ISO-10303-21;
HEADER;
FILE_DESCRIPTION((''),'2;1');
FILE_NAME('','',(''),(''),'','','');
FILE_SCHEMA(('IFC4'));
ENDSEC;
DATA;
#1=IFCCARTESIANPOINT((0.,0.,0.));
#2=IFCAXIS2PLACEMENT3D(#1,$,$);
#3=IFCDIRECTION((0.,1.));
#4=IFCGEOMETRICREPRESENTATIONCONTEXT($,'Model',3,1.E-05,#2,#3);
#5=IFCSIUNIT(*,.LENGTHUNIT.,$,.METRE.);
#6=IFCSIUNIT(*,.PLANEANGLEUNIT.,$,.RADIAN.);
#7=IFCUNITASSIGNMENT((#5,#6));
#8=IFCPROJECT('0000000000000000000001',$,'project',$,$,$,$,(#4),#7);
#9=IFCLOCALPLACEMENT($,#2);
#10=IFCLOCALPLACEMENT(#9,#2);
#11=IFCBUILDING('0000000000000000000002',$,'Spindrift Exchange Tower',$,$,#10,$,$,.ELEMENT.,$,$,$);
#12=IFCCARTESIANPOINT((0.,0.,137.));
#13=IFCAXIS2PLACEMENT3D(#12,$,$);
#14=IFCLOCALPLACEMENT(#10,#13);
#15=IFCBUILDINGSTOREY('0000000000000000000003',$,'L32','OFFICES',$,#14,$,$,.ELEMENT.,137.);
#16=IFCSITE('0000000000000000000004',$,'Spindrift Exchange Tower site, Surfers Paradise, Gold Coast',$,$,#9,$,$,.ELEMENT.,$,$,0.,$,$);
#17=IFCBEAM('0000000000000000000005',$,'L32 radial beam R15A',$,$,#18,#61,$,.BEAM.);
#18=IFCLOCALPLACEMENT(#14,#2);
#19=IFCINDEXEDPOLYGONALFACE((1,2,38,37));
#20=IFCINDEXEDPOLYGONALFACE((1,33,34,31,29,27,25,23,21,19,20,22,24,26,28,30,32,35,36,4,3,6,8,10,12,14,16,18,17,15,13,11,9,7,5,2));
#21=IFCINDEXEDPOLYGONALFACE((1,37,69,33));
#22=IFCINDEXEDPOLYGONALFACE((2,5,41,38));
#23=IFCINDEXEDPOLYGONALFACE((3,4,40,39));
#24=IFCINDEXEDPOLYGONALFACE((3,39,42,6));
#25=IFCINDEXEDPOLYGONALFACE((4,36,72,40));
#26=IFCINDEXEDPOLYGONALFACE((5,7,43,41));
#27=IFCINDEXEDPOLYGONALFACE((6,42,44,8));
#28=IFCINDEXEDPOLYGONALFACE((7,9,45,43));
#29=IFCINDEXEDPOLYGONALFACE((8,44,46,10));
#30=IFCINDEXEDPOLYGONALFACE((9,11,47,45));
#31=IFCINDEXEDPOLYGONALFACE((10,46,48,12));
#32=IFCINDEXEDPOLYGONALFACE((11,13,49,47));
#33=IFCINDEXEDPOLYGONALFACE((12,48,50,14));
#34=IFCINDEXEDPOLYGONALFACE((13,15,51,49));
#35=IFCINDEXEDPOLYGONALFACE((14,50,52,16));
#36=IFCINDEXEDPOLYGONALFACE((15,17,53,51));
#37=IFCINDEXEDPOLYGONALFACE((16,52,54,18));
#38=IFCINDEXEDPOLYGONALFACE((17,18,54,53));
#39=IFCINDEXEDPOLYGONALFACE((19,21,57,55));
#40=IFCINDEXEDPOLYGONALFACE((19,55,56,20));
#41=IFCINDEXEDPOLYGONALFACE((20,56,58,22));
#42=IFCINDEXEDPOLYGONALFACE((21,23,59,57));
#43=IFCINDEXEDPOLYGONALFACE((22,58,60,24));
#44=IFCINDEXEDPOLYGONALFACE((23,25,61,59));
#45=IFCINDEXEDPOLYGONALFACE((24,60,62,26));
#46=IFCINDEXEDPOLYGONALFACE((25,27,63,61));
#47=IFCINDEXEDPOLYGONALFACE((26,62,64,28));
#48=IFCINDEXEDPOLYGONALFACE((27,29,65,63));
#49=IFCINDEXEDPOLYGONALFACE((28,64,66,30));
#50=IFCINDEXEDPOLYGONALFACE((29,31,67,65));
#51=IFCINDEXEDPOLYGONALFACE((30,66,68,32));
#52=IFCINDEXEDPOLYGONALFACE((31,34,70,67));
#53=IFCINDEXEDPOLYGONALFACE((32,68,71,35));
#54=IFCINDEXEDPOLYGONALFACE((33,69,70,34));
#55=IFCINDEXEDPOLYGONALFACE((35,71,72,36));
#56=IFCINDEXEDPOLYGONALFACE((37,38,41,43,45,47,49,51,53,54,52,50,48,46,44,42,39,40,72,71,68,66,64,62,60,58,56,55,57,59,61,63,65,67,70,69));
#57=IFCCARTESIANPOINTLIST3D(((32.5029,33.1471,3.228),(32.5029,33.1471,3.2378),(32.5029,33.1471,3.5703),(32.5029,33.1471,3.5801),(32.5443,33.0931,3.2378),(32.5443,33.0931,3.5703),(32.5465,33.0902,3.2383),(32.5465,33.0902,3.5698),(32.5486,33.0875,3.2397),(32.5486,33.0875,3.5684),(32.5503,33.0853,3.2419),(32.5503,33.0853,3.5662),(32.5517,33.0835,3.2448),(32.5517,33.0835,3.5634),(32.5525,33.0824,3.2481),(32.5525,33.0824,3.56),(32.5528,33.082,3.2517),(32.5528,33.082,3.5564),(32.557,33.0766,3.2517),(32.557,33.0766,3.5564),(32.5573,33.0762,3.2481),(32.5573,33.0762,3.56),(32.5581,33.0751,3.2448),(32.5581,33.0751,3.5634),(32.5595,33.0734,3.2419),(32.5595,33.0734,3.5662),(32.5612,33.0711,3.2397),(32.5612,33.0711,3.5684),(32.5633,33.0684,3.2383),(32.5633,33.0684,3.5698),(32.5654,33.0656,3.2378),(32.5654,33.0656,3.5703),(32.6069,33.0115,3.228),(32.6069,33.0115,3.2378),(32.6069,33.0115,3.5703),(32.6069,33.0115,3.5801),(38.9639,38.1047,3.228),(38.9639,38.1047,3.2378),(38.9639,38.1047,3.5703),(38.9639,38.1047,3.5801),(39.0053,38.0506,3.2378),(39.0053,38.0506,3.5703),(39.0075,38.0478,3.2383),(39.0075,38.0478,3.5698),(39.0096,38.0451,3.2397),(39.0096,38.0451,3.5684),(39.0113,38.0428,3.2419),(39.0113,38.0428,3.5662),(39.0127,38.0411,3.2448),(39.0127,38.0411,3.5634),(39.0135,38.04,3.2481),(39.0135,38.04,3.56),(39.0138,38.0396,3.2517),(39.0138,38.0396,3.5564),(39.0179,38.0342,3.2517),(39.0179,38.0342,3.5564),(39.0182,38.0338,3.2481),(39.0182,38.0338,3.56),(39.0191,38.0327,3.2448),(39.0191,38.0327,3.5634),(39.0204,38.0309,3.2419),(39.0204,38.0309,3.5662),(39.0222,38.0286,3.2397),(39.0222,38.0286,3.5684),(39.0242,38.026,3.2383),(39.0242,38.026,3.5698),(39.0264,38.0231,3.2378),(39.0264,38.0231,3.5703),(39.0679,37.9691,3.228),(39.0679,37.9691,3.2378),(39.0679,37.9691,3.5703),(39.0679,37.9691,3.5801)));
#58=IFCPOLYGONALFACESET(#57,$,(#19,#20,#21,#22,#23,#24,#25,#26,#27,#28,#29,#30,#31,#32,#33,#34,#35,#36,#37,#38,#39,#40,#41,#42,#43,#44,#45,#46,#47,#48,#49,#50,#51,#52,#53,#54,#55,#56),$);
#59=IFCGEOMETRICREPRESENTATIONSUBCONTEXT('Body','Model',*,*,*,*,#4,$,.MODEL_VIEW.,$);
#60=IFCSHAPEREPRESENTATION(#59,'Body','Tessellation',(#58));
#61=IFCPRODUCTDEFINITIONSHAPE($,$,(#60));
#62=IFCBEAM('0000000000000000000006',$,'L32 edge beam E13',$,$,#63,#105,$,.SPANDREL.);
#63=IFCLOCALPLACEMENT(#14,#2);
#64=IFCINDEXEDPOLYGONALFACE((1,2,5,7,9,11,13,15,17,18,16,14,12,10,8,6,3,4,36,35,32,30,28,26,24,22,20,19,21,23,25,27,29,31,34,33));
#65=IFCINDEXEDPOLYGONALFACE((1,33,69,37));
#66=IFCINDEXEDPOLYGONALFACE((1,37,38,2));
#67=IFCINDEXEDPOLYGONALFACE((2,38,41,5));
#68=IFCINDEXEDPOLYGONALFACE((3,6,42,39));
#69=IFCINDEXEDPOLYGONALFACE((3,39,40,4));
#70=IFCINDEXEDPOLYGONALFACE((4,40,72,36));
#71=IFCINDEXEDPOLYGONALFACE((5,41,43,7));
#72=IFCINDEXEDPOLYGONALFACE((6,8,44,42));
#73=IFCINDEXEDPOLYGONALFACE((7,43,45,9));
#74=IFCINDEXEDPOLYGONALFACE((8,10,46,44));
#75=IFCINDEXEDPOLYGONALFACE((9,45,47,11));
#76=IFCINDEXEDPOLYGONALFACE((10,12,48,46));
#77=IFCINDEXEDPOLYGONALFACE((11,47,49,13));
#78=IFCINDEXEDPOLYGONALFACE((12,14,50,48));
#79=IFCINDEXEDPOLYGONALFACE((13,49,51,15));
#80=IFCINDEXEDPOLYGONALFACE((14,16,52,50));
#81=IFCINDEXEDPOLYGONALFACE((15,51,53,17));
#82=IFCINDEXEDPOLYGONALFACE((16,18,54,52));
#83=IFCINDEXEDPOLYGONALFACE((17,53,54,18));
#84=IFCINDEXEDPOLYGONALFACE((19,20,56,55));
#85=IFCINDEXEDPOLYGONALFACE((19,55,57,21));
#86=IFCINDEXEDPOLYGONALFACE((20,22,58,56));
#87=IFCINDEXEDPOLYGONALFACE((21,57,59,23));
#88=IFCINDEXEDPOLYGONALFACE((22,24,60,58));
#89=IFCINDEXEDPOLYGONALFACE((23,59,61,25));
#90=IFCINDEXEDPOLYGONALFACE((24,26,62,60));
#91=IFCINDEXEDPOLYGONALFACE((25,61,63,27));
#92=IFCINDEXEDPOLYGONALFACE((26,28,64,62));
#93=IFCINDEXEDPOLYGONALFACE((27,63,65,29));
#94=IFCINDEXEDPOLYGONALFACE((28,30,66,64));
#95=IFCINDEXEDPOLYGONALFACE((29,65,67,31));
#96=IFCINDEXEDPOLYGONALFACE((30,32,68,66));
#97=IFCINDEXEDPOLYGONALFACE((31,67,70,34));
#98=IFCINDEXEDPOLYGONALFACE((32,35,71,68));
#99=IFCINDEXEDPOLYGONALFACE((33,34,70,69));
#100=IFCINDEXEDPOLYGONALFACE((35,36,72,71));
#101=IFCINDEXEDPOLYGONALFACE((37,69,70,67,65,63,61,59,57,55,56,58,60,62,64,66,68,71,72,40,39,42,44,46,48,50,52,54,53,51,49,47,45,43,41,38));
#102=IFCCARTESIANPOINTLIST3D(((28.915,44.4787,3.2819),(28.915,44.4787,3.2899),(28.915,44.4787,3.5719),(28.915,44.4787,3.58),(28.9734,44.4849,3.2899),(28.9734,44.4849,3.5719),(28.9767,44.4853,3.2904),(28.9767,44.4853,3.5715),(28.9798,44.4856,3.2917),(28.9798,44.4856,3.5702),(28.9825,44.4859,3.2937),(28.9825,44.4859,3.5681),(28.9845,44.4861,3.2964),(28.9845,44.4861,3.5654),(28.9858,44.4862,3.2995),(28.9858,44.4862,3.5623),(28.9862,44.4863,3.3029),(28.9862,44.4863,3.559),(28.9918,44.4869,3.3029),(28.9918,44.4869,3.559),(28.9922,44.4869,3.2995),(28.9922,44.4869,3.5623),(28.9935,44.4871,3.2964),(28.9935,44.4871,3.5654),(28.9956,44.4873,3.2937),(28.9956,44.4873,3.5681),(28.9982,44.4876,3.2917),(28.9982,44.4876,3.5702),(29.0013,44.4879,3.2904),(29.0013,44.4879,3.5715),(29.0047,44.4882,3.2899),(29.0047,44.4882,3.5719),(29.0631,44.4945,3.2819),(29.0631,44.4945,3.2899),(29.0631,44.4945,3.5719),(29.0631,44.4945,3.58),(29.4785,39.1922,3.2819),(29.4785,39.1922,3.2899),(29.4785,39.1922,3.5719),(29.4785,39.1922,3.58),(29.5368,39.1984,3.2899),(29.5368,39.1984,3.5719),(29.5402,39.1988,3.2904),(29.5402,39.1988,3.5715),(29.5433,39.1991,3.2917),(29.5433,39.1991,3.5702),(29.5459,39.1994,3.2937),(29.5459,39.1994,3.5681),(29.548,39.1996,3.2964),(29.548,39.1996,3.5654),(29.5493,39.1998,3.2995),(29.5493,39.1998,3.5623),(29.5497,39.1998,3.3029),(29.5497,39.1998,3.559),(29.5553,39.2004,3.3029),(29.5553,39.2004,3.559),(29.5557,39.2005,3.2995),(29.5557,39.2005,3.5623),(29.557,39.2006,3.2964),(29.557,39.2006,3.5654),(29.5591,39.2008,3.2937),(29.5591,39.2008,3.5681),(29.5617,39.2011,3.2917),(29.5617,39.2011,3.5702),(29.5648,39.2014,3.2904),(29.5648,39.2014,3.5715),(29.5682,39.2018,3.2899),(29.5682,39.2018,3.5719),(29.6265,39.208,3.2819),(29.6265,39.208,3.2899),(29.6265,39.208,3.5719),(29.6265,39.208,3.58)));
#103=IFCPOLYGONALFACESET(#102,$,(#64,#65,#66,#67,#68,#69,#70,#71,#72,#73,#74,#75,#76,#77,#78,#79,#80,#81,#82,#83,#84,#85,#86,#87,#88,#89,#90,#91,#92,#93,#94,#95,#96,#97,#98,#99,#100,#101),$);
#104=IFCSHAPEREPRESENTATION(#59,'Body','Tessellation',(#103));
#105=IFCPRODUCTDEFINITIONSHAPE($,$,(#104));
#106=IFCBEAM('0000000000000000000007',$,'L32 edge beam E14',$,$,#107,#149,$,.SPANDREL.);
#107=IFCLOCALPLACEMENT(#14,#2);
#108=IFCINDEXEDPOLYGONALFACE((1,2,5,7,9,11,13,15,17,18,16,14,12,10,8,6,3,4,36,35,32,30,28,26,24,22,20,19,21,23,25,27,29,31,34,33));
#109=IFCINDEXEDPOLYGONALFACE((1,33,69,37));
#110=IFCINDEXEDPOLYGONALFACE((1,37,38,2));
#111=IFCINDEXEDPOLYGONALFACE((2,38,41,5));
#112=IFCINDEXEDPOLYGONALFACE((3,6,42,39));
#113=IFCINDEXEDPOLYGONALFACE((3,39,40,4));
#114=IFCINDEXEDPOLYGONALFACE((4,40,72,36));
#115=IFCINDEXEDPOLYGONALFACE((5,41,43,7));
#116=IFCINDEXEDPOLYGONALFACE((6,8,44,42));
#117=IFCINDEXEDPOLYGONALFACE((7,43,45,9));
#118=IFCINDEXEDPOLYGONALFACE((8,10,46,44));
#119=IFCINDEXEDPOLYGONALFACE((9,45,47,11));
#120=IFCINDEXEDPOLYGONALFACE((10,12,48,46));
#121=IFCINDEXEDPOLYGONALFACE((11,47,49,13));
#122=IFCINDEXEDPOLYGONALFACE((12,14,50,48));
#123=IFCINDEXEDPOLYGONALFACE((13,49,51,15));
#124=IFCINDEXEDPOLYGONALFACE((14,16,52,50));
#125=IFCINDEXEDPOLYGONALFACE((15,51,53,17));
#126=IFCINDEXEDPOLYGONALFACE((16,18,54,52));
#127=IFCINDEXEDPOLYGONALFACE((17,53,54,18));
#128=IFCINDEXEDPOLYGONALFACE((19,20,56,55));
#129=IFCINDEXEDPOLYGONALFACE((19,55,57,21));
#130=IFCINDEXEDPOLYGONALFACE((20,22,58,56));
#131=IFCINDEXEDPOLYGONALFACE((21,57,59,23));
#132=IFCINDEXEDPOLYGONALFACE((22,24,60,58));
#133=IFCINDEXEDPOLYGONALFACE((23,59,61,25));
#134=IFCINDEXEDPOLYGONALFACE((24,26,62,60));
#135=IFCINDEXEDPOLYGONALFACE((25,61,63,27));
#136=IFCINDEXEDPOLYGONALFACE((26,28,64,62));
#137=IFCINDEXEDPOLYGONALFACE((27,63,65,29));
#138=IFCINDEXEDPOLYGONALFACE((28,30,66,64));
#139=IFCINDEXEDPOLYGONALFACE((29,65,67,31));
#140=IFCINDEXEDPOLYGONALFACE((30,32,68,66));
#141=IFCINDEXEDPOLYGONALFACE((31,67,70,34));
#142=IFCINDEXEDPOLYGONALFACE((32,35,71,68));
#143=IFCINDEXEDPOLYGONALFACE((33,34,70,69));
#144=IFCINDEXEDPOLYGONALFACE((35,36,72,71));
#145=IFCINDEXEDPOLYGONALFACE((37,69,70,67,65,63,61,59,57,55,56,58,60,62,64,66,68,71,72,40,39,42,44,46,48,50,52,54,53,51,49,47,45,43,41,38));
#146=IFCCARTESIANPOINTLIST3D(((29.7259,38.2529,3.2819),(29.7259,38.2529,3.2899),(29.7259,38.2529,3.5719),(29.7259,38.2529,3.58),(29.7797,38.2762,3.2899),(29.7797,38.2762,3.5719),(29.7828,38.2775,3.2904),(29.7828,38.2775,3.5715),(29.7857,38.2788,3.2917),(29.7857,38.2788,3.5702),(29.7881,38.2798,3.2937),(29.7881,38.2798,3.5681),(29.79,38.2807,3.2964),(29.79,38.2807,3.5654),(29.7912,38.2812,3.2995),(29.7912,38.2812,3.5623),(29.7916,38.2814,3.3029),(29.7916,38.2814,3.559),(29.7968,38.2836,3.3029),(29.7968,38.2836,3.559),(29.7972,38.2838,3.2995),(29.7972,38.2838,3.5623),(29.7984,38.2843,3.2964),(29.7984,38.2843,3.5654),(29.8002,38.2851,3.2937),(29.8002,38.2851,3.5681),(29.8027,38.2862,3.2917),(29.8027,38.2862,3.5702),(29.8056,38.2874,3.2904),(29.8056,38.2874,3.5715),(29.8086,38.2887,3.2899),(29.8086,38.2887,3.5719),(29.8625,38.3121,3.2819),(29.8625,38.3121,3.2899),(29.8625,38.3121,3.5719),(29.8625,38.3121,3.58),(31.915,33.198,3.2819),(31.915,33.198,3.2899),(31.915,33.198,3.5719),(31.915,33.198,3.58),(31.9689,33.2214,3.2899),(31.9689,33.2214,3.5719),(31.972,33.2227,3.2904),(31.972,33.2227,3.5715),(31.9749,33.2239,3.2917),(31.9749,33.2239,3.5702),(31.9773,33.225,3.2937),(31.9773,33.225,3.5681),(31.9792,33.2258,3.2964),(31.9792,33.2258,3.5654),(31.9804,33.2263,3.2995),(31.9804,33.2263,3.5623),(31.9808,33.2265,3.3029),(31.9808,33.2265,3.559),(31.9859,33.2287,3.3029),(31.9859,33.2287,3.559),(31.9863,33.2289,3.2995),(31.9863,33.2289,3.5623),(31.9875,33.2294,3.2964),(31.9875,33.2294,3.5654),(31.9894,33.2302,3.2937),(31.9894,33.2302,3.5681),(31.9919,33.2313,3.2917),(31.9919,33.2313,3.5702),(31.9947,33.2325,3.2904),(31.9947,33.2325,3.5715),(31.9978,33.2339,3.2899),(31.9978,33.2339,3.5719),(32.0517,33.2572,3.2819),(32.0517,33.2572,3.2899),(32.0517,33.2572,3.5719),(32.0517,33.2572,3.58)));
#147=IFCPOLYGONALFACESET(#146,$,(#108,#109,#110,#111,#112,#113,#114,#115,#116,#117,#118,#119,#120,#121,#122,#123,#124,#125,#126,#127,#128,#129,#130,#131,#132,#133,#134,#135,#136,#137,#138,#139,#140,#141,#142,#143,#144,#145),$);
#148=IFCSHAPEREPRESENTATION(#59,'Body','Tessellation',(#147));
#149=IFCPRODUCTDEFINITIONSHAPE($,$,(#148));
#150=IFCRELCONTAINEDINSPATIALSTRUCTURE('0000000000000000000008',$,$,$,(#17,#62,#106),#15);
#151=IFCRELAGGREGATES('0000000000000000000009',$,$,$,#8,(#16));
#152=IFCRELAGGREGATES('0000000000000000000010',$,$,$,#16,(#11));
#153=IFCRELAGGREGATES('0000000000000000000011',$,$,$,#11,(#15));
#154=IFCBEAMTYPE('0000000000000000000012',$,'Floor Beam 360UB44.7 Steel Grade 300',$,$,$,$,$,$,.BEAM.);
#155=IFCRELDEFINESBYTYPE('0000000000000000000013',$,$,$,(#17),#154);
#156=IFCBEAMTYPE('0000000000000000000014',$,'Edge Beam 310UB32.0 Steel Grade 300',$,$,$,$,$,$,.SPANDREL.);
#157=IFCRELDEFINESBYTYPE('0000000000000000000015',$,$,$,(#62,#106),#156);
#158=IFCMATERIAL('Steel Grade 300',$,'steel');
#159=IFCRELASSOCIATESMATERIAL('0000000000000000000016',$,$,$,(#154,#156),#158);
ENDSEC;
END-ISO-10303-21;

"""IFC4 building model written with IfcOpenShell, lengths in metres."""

from ifc_helpers import new_model, si_unit, direction, frame, origin, origin_2d, place, context, subcontext, project, spatial, i_section, extrude, source, transform, mapped, material, material_profile, profile_set, type_object, element, save


model = new_model("IFC4")

# Units and contexts
model_context = context("Model", 3, precision=1e-05, world=origin(), true_north=direction((0.0, 1.0)))
body_context = subcontext(model_context, "Body", "Model", "MODEL_VIEW")
ifc_project = project(units=[si_unit("LENGTHUNIT", "METRE"), si_unit("PLANEANGLEUNIT", "RADIAN")], contexts=[model_context])

# Site, building, storey
site_placement = place(None, origin())
site = spatial("IfcSite", under=ifc_project, at=site_placement, Name="Spindrift Exchange Tower site, Surfers Paradise, Gold Coast", CompositionType="ELEMENT", RefElevation=0.0)
building_placement = place(site_placement, origin())
building = spatial("IfcBuilding", under=site, at=building_placement, Name="Spindrift Exchange Tower", CompositionType="ELEMENT")
storey_placement = place(building_placement, frame((0.0, 0.0, 137.0)))
storey = spatial("IfcBuildingStorey", under=building, at=storey_placement, Name="L32", Description="OFFICES", CompositionType="ELEMENT", Elevation=137.0)

# Beams
ifc_material_1 = material(Name="Steel Grade 300", Category="steel")
ifc_material_profile_1 = material_profile(ifc_material_1, i_section(OverallWidth=0.1709, OverallDepth=0.3521, WebThickness=0.0068, FlangeThickness=0.0098, FilletRadius=0.0139, at=origin_2d()), Name="360UB44.7")
ifc_profile_set_1 = profile_set([ifc_material_profile_1], Name="Steel Grade 300")
beam_type_1 = type_object("IfcBeamType", Name="Floor Beam 360UB44.7 Steel Grade 300", PredefinedType="BEAM", material=ifc_profile_set_1)
shared_shape_1 = source(origin(), body_context, "Body", "SweptSolid", [
    extrude(i_section(OverallWidth=0.1709, OverallDepth=0.3521, WebThickness=0.0068, FlangeThickness=0.0098, FilletRadius=0.0139, at=origin_2d()), origin(), (0.0, 0.0, 1.0), 8.1438),
])
beam_1_placement = place(storey_placement, frame((39.0159, 38.0369, 3.4041), z_axis=(-0.793361, -0.608751, 0.0), x_axis=(0.608751, -0.793361, 0.0)))
element("IfcBeam", 1, at=beam_1_placement, inside=storey, type_object=beam_type_1, Name="L32 radial beam R15A", PredefinedType="BEAM", context=body_context, shape_type="MappedRepresentation", body=[
    mapped(shared_shape_1, transform((0.0, 0.0, 0.0), scale=1.0)),
])
ifc_material_profile_2 = material_profile(ifc_material_1, i_section(OverallWidth=0.1489, OverallDepth=0.2981, WebThickness=0.0056, FlangeThickness=0.0081, FilletRadius=0.0129, at=origin_2d()), Name="310UB32.0")
ifc_profile_set_2 = profile_set([ifc_material_profile_2], Name="Steel Grade 300")
beam_type_2 = type_object("IfcBeamType", Name="Edge Beam 310UB32.0 Steel Grade 300", PredefinedType="SPANDREL", material=ifc_profile_set_2)
shared_shape_2 = source(origin(), body_context, "Body", "SweptSolid", [
    extrude(i_section(OverallWidth=0.1489, OverallDepth=0.2981, WebThickness=0.0056, FlangeThickness=0.0081, FilletRadius=0.0129, at=origin_2d()), origin(), (0.0, 0.0, 1.0), 5.3164),
])
beam_2_placement = place(storey_placement, frame((28.989, 44.4866, 3.4309), z_axis=(0.10599, -0.994367, 0.0), x_axis=(0.994367, 0.10599, 0.0)))
element("IfcBeam", 2, at=beam_2_placement, inside=storey, type_object=beam_type_2, Name="L32 edge beam E13", PredefinedType="SPANDREL", context=body_context, shape_type="MappedRepresentation", body=[
    mapped(shared_shape_2, transform((0.0, 0.0, 0.0), scale=1.0)),
])
shared_shape_3 = source(origin(), body_context, "Body", "SweptSolid", [
    extrude(i_section(OverallWidth=0.1489, OverallDepth=0.2981, WebThickness=0.0056, FlangeThickness=0.0081, FilletRadius=0.0129, at=origin_2d()), origin(), (0.0, 0.0, 1.0), 5.5085),
])
beam_3_placement = place(storey_placement, frame((29.7942, 38.2825, 3.4309), z_axis=(0.397415, -0.917639, 0.0), x_axis=(0.917639, 0.397415, 0.0)))
element("IfcBeam", 3, at=beam_3_placement, inside=storey, type_object=beam_type_2, Name="L32 edge beam E14", PredefinedType="SPANDREL", context=body_context, shape_type="MappedRepresentation", body=[
    mapped(shared_shape_3, transform((0.0, 0.0, 0.0), scale=1.0)),
])

save(model, "model.ifc")
